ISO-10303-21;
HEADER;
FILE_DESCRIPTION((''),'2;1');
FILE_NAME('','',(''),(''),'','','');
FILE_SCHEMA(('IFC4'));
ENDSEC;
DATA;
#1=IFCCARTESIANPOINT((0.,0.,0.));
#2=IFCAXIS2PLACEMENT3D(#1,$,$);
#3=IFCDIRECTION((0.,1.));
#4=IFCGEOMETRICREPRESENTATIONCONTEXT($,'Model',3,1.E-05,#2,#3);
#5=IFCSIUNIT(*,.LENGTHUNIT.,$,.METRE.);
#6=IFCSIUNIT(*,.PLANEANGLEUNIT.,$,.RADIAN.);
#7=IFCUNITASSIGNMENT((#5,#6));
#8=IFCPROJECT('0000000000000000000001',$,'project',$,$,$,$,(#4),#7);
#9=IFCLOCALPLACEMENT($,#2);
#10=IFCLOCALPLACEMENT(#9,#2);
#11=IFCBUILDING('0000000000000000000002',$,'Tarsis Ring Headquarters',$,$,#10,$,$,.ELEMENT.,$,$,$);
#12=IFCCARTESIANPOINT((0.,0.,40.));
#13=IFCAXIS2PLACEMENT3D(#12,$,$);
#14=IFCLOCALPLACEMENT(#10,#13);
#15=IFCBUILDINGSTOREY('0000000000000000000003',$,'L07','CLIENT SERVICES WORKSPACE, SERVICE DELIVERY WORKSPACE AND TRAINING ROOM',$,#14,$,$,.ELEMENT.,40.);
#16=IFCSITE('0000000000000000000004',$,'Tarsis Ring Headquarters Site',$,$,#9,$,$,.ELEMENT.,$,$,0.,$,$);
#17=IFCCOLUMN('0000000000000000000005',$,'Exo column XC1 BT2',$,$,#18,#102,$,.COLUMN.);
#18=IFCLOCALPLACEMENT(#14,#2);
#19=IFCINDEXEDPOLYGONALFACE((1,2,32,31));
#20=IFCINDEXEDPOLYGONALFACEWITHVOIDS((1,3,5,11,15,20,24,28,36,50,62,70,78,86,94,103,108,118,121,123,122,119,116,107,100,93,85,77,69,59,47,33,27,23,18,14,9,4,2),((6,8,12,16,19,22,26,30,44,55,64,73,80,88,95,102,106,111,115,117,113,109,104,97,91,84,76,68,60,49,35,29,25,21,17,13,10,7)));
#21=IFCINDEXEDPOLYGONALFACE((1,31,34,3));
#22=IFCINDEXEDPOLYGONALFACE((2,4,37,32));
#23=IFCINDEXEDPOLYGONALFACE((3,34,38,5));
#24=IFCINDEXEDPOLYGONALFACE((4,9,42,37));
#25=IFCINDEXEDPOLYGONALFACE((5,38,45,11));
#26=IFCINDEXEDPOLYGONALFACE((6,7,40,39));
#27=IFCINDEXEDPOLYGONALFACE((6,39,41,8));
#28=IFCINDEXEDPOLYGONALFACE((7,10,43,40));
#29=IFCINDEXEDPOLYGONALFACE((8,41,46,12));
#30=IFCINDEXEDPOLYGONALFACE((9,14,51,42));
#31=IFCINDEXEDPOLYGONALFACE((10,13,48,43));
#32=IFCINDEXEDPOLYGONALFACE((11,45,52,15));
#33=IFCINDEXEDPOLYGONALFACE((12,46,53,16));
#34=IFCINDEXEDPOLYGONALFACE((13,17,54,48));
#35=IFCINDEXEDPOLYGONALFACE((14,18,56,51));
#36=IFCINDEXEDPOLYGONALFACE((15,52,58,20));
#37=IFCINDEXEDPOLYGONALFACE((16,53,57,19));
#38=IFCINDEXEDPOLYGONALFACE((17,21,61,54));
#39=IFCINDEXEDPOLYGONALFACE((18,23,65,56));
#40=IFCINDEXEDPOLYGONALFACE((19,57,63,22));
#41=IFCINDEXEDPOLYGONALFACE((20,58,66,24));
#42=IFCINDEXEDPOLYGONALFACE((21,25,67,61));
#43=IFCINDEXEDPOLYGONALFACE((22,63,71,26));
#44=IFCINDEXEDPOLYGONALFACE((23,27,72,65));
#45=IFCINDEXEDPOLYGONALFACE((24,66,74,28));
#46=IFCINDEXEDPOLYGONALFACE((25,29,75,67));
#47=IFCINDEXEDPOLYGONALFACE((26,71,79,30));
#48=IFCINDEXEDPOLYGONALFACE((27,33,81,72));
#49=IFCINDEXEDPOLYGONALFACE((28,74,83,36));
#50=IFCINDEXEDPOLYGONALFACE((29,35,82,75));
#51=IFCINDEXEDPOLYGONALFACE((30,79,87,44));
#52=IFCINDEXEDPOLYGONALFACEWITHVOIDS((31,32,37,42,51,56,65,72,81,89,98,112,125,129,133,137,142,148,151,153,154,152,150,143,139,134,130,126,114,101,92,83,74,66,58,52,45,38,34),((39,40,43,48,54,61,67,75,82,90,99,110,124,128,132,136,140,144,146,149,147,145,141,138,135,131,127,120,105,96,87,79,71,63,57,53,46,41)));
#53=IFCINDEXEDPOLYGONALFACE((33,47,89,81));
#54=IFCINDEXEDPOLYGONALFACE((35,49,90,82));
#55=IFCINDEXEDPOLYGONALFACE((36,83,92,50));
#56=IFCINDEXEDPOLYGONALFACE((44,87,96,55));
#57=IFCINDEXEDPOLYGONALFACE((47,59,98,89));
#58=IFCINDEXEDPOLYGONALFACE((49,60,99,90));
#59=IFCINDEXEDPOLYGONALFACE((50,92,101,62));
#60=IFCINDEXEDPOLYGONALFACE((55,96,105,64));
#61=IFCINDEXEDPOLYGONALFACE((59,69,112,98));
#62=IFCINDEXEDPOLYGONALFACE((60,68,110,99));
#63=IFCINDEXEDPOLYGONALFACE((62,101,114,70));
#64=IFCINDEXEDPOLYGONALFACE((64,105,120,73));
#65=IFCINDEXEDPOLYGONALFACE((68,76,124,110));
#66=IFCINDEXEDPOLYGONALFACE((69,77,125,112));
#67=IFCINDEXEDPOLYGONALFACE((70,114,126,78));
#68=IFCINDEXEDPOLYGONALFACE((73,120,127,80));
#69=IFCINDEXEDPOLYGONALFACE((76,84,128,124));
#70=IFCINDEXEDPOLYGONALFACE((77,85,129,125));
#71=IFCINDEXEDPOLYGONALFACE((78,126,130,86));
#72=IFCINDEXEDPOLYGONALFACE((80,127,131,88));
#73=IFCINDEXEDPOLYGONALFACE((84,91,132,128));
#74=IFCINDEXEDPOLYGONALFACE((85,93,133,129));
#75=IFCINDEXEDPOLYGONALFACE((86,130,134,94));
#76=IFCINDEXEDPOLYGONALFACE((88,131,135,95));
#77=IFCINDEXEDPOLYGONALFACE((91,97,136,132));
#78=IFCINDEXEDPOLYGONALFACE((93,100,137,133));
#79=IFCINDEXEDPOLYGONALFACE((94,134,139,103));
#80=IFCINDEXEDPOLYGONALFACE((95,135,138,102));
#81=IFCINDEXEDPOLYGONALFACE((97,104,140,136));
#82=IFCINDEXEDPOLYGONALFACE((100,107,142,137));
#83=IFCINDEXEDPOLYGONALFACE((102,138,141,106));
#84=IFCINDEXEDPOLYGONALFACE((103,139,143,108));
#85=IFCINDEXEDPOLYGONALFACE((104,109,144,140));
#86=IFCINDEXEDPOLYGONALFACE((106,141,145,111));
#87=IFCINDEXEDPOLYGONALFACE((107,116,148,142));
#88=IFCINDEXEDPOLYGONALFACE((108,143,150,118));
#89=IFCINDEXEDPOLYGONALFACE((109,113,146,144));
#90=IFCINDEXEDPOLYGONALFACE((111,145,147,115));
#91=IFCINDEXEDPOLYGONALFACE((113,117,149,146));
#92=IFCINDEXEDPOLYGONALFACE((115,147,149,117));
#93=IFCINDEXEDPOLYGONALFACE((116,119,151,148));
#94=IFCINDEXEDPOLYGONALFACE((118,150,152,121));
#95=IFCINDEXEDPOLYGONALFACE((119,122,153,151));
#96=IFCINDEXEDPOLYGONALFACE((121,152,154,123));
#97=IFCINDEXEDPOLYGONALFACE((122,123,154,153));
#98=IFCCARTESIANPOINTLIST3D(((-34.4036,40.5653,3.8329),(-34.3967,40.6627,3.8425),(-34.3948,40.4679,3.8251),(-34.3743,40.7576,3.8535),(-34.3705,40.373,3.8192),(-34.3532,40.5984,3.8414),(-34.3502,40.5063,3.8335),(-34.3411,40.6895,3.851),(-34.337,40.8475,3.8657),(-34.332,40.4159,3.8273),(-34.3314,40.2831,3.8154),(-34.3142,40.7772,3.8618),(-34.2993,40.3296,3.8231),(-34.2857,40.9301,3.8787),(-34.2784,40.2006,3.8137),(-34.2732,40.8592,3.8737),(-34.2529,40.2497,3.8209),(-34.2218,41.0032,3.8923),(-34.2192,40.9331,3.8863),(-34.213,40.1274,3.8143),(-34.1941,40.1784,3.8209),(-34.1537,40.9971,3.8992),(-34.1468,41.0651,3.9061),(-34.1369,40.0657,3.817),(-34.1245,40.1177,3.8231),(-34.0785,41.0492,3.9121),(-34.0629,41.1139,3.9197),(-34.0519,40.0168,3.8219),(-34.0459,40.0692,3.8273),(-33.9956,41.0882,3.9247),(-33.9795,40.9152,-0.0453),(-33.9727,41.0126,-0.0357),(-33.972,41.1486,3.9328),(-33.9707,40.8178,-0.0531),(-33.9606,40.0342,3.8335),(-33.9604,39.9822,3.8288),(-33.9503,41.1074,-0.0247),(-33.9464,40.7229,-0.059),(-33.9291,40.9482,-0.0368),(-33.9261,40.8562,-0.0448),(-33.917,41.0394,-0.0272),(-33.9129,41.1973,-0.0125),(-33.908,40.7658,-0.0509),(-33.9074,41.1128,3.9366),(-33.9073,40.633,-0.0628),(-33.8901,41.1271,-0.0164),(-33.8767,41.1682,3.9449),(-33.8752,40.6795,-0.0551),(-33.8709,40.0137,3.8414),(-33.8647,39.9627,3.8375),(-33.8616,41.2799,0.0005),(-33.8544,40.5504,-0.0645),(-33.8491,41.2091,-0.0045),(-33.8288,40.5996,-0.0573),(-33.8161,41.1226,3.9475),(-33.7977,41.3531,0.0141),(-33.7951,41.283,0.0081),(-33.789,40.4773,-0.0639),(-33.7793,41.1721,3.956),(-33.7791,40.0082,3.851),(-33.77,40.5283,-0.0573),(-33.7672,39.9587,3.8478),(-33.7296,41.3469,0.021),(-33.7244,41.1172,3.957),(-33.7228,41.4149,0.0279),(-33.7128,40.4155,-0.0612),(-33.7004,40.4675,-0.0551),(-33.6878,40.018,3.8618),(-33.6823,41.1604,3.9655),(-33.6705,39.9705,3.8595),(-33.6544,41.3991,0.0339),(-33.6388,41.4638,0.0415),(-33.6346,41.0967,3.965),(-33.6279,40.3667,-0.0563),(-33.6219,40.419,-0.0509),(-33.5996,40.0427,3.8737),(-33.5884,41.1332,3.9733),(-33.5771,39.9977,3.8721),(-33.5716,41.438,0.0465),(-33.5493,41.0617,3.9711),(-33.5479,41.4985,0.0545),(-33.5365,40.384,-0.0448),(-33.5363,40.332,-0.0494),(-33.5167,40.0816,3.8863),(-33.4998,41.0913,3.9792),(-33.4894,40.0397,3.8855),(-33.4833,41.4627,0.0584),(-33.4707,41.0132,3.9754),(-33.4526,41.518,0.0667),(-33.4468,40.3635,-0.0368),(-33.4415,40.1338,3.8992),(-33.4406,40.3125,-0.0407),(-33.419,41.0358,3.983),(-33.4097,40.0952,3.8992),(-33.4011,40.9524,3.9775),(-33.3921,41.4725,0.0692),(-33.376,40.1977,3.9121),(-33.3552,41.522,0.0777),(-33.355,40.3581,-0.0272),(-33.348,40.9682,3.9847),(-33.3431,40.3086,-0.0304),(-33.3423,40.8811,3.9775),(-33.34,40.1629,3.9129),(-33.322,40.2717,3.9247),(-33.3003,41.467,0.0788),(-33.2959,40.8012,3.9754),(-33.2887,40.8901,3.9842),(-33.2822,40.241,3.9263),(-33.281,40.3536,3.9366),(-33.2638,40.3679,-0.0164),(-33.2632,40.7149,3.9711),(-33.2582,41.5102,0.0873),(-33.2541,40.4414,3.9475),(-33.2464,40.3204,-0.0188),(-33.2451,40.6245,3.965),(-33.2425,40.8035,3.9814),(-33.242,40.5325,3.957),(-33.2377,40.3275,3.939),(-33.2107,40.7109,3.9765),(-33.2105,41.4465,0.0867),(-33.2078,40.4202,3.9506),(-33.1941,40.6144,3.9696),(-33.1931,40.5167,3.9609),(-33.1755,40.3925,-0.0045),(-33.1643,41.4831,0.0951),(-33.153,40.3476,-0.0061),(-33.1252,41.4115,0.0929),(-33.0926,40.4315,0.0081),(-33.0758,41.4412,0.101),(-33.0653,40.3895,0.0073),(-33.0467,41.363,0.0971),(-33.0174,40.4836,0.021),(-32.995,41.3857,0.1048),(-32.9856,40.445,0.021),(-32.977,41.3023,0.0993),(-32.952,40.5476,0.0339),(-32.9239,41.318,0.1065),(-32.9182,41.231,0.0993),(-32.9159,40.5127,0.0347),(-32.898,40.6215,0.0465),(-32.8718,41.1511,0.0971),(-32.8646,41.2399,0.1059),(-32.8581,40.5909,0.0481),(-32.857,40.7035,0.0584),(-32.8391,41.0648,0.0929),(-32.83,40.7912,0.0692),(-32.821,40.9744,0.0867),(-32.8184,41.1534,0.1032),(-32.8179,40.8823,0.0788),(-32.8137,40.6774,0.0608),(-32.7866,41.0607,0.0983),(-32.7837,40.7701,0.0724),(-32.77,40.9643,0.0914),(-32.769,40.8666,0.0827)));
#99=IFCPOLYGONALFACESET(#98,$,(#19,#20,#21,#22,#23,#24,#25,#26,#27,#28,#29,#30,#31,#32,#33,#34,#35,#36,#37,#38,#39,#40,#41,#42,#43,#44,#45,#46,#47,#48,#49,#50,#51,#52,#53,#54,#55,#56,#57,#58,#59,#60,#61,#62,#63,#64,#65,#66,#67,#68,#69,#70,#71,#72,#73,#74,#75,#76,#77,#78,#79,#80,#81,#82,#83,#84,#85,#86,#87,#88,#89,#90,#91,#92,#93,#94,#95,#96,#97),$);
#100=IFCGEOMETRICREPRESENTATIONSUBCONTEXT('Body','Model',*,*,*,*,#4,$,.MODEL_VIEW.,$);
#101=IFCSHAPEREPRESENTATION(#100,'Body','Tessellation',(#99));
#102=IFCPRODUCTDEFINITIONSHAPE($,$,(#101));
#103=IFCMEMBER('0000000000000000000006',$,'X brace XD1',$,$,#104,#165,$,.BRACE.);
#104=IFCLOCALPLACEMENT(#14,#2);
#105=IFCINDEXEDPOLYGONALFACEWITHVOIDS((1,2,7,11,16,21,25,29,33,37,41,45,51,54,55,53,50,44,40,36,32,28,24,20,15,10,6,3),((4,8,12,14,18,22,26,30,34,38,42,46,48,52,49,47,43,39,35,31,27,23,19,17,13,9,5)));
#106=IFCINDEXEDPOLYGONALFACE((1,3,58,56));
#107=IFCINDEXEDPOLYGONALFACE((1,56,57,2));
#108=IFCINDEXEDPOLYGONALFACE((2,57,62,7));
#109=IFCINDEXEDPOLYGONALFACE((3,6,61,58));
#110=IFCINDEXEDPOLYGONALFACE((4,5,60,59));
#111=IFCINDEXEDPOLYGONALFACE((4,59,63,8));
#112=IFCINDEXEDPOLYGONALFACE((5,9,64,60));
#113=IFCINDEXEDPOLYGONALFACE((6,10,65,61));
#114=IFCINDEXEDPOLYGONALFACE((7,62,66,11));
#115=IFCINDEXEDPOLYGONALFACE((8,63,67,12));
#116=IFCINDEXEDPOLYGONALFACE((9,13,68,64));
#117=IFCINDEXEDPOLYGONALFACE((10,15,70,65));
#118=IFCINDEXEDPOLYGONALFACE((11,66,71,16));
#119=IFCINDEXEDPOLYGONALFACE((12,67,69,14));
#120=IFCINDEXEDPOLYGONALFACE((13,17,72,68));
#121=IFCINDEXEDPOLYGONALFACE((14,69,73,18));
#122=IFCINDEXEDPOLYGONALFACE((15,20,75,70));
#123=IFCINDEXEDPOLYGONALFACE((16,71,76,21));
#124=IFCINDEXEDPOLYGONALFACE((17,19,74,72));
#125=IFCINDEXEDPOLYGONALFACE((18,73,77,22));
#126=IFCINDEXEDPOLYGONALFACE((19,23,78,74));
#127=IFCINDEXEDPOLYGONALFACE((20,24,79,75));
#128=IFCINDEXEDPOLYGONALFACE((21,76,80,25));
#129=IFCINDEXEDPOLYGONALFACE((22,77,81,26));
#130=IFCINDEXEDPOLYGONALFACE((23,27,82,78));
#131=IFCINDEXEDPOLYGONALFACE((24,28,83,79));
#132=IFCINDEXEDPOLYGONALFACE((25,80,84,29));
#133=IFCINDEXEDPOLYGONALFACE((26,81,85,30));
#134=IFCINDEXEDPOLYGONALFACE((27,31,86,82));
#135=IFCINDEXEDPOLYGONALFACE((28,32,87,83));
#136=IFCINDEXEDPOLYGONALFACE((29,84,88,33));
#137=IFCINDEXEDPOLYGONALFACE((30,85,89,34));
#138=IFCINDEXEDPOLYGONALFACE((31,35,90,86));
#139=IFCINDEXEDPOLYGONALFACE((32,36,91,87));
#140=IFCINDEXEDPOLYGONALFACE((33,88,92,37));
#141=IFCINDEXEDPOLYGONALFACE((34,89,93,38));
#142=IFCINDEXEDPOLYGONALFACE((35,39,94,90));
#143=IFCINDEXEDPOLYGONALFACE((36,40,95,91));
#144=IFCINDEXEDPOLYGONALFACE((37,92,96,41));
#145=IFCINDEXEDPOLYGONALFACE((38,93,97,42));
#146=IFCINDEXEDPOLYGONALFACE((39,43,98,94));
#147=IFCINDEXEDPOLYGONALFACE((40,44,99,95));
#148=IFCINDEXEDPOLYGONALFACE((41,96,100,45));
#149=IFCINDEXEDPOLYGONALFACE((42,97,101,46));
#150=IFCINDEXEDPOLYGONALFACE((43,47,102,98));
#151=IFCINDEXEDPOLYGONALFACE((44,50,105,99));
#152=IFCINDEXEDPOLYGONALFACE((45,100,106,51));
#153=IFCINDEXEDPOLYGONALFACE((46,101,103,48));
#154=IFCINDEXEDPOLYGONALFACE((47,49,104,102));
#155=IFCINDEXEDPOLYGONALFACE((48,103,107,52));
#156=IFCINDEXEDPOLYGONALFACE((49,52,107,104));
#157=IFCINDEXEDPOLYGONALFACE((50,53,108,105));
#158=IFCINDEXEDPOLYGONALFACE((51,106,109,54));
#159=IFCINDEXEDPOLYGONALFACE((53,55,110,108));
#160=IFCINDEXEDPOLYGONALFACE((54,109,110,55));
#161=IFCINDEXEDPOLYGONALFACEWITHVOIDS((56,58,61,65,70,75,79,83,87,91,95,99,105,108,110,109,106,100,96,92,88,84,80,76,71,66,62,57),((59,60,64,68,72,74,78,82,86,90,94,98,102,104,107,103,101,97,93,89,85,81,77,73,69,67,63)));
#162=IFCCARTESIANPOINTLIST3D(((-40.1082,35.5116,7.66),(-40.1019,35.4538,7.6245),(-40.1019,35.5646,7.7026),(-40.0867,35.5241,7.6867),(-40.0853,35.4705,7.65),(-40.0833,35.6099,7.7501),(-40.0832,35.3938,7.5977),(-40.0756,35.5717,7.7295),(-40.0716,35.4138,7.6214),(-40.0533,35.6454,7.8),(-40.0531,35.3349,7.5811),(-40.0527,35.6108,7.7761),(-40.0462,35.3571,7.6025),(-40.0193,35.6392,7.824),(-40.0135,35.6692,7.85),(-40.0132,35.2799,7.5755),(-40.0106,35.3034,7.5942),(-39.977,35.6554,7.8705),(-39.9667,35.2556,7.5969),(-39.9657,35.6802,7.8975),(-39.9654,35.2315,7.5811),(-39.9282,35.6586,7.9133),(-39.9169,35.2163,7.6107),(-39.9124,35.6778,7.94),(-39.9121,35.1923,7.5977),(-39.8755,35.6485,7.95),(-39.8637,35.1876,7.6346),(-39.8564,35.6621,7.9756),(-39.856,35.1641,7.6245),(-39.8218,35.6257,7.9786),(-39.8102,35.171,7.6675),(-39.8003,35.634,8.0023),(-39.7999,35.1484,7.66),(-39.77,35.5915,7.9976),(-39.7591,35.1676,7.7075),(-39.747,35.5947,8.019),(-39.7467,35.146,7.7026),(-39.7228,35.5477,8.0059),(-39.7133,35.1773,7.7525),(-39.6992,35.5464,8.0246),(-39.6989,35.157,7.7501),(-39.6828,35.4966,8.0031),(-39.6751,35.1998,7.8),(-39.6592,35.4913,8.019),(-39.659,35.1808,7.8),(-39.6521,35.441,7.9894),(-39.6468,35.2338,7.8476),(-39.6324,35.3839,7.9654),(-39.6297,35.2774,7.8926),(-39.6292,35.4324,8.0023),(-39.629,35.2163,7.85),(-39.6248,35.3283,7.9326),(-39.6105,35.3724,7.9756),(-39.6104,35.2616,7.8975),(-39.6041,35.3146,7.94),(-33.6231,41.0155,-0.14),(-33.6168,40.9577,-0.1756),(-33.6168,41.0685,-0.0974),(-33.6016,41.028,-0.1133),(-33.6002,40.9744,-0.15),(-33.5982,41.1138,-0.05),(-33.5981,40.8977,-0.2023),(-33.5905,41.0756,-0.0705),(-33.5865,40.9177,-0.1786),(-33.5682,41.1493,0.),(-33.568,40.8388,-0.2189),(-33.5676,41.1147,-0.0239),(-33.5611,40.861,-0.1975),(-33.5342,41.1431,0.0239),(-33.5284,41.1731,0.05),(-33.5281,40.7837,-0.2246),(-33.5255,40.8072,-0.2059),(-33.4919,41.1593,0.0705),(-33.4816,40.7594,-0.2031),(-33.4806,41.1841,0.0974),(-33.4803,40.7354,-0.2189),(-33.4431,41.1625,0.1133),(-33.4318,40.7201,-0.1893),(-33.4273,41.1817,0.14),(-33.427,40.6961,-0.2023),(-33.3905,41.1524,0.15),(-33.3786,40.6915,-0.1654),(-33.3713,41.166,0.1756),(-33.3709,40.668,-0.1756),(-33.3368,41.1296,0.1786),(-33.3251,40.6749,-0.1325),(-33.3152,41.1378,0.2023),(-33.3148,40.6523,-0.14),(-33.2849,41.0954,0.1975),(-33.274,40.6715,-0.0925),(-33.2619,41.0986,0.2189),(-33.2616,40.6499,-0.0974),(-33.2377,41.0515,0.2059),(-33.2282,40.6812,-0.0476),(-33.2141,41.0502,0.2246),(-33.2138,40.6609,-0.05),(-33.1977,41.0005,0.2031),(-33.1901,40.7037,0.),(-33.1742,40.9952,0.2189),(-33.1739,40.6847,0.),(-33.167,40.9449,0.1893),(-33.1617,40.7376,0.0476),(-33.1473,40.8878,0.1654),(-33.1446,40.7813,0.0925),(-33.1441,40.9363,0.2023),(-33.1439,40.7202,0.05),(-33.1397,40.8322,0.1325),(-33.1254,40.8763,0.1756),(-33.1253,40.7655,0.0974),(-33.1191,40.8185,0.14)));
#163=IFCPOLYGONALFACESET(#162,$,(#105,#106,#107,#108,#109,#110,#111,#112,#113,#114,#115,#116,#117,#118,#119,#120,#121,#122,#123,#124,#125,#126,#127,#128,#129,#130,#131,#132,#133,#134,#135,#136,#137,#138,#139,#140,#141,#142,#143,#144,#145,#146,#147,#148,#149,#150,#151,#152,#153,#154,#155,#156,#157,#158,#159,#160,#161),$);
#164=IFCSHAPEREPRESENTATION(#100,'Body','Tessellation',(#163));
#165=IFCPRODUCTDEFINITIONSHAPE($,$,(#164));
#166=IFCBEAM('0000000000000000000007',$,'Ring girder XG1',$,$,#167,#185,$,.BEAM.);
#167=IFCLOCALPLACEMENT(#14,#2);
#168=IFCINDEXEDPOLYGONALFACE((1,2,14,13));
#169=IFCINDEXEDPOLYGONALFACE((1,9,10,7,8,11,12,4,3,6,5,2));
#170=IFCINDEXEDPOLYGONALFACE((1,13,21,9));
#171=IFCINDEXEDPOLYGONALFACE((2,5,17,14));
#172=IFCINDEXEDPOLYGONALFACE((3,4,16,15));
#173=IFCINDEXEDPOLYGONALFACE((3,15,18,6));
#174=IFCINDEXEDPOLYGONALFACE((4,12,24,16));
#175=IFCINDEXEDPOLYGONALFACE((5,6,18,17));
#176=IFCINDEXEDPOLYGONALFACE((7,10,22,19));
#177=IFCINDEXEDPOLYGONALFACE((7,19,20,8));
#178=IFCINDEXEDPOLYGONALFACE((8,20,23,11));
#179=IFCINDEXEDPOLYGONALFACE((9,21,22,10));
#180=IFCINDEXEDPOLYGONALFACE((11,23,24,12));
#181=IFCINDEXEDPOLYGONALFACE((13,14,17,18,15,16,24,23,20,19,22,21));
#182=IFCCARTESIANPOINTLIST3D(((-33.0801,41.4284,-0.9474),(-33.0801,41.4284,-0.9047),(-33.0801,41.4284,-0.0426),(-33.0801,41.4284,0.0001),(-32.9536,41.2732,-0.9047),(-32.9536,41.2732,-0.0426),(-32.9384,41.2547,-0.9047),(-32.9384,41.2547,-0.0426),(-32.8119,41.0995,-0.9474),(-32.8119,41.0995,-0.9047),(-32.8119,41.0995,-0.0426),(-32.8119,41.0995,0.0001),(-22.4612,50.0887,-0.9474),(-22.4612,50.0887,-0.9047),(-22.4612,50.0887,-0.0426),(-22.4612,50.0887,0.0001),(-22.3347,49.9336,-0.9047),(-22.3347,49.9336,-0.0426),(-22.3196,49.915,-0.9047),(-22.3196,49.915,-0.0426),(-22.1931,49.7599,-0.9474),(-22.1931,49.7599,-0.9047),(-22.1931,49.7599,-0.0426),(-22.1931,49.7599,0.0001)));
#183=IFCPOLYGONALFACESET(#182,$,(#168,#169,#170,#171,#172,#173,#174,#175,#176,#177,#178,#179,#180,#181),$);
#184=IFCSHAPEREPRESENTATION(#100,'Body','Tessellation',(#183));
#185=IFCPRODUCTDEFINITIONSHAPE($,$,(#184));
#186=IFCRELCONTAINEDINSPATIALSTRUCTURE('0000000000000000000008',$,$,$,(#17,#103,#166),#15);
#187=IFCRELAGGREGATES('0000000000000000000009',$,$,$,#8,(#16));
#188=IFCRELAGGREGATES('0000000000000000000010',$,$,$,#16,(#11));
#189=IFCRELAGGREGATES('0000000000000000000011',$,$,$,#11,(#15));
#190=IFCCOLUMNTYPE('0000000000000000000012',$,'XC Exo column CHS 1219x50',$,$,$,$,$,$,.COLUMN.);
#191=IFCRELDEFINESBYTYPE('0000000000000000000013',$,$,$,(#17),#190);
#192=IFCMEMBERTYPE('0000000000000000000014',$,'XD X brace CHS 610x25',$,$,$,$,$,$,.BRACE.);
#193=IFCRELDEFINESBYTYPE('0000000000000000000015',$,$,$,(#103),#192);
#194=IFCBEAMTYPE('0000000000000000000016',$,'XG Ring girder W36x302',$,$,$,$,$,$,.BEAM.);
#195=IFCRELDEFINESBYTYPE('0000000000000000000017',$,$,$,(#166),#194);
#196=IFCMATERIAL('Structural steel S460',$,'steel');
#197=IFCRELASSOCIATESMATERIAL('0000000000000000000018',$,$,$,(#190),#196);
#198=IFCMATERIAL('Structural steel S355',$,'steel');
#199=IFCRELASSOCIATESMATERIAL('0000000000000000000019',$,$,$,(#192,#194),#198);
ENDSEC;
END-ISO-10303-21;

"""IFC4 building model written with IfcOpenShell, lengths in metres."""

from ifc_helpers import new_model, si_unit, direction, frame, origin, origin_2d, place, context, subcontext, project, spatial, hollow_circle, i_section, extrude, material, material_profile, profile_set, type_object, element, save


model = new_model("IFC4")

# Units and contexts
model_context = context("Model", 3, precision=1e-05, world=origin(), true_north=direction((0.0, 1.0)))
body_context = subcontext(model_context, "Body", "Model", "MODEL_VIEW")
ifc_project = project(units=[si_unit("LENGTHUNIT", "METRE"), si_unit("PLANEANGLEUNIT", "RADIAN")], contexts=[model_context])

# Site, building, storey
site_placement = place(None, origin())
site = spatial("IfcSite", under=ifc_project, at=site_placement, Name="Tarsis Ring Headquarters Site", CompositionType="ELEMENT", RefElevation=0.0)
building_placement = place(site_placement, origin())
building = spatial("IfcBuilding", under=site, at=building_placement, Name="Tarsis Ring Headquarters", CompositionType="ELEMENT")
storey_placement = place(building_placement, frame((0.0, 0.0, 40.0)))
storey = spatial("IfcBuildingStorey", under=building, at=storey_placement, Name="L07", Description="CLIENT SERVICES WORKSPACE, SERVICE DELIVERY WORKSPACE AND TRAINING ROOM", CompositionType="ELEMENT", Elevation=40.0)

# Column
ifc_material_1 = material(Name="Structural steel S460", Category="steel")
ifc_material_profile_1 = material_profile(ifc_material_1, hollow_circle(Radius=0.6096, WallThickness=0.05, at=origin_2d()), Name="CHS 1219x50")
ifc_profile_set_1 = profile_set([ifc_material_profile_1], Name="Structural steel S460")
column_type = type_object("IfcColumnType", Name="XC Exo column CHS 1219x50", PredefinedType="COLUMN", material=ifc_profile_set_1)
column_placement = place(storey_placement, frame((-33.3735, 40.9153, 0.021), z_axis=(-0.108266, -0.089318, 0.990101), x_axis=(0.636376, -0.771379, 0.0)))
element("IfcColumn", 1, at=column_placement, inside=storey, type_object=column_type, Name="Exo column XC1 BT2", PredefinedType="COLUMN", context=body_context, shape_type="SweptSolid", body=[
    extrude(hollow_circle(Radius=0.6096, WallThickness=0.05, at=origin_2d()), origin(), (0.0, 0.0, 1.0), 3.917),
])

# Member
ifc_material_2 = material(Name="Structural steel S355", Category="steel")
ifc_material_profile_2 = material_profile(ifc_material_2, hollow_circle(Radius=0.3047, WallThickness=0.0249, at=origin_2d()), Name="CHS 610x25")
ifc_profile_set_2 = profile_set([ifc_material_profile_2], Name="Structural steel S355")
member_type = type_object("IfcMemberType", Name="XD X brace CHS 610x25", PredefinedType="BRACE", material=ifc_profile_set_2)
member_placement = place(storey_placement, frame((-33.3711, 40.917, 0.0), z_axis=(-0.561928, -0.476908, 0.675866), x_axis=(0.647073, -0.762428, 0.0)))
element("IfcMember", 2, at=member_placement, inside=storey, type_object=member_type, Name="X brace XD1", PredefinedType="BRACE", context=body_context, shape_type="SweptSolid", body=[
    extrude(hollow_circle(Radius=0.3047, WallThickness=0.0249, at=origin_2d()), origin(), (0.0, 0.0, 1.0), 11.5408),
])

# Beam
ifc_material_profile_3 = material_profile(ifc_material_2, i_section(OverallWidth=0.4243, OverallDepth=0.9475, WebThickness=0.0239, FlangeThickness=0.0427, at=origin_2d()), Name="W36x302")
ifc_profile_set_3 = profile_set([ifc_material_profile_3], Name="Structural steel S355")
beam_type = type_object("IfcBeamType", Name="XG Ring girder W36x302", PredefinedType="BEAM", material=ifc_profile_set_3)
beam_1_placement = place(storey_placement, frame((-22.3271, 49.9243, -0.4736), z_axis=(-0.77495, -0.632022, 0.0), x_axis=(0.632022, -0.77495, 0.0)))
element("IfcBeam", 3, at=beam_1_placement, inside=storey, type_object=beam_type, Name="Ring girder XG1", PredefinedType="BEAM", context=body_context, shape_type="SweptSolid", body=[
    extrude(i_section(OverallWidth=0.4243, OverallDepth=0.9475, WebThickness=0.0239, FlangeThickness=0.0427, at=origin_2d()), origin(), (0.0, 0.0, 1.0), 13.7026),
])

save(model, "model.ifc")
